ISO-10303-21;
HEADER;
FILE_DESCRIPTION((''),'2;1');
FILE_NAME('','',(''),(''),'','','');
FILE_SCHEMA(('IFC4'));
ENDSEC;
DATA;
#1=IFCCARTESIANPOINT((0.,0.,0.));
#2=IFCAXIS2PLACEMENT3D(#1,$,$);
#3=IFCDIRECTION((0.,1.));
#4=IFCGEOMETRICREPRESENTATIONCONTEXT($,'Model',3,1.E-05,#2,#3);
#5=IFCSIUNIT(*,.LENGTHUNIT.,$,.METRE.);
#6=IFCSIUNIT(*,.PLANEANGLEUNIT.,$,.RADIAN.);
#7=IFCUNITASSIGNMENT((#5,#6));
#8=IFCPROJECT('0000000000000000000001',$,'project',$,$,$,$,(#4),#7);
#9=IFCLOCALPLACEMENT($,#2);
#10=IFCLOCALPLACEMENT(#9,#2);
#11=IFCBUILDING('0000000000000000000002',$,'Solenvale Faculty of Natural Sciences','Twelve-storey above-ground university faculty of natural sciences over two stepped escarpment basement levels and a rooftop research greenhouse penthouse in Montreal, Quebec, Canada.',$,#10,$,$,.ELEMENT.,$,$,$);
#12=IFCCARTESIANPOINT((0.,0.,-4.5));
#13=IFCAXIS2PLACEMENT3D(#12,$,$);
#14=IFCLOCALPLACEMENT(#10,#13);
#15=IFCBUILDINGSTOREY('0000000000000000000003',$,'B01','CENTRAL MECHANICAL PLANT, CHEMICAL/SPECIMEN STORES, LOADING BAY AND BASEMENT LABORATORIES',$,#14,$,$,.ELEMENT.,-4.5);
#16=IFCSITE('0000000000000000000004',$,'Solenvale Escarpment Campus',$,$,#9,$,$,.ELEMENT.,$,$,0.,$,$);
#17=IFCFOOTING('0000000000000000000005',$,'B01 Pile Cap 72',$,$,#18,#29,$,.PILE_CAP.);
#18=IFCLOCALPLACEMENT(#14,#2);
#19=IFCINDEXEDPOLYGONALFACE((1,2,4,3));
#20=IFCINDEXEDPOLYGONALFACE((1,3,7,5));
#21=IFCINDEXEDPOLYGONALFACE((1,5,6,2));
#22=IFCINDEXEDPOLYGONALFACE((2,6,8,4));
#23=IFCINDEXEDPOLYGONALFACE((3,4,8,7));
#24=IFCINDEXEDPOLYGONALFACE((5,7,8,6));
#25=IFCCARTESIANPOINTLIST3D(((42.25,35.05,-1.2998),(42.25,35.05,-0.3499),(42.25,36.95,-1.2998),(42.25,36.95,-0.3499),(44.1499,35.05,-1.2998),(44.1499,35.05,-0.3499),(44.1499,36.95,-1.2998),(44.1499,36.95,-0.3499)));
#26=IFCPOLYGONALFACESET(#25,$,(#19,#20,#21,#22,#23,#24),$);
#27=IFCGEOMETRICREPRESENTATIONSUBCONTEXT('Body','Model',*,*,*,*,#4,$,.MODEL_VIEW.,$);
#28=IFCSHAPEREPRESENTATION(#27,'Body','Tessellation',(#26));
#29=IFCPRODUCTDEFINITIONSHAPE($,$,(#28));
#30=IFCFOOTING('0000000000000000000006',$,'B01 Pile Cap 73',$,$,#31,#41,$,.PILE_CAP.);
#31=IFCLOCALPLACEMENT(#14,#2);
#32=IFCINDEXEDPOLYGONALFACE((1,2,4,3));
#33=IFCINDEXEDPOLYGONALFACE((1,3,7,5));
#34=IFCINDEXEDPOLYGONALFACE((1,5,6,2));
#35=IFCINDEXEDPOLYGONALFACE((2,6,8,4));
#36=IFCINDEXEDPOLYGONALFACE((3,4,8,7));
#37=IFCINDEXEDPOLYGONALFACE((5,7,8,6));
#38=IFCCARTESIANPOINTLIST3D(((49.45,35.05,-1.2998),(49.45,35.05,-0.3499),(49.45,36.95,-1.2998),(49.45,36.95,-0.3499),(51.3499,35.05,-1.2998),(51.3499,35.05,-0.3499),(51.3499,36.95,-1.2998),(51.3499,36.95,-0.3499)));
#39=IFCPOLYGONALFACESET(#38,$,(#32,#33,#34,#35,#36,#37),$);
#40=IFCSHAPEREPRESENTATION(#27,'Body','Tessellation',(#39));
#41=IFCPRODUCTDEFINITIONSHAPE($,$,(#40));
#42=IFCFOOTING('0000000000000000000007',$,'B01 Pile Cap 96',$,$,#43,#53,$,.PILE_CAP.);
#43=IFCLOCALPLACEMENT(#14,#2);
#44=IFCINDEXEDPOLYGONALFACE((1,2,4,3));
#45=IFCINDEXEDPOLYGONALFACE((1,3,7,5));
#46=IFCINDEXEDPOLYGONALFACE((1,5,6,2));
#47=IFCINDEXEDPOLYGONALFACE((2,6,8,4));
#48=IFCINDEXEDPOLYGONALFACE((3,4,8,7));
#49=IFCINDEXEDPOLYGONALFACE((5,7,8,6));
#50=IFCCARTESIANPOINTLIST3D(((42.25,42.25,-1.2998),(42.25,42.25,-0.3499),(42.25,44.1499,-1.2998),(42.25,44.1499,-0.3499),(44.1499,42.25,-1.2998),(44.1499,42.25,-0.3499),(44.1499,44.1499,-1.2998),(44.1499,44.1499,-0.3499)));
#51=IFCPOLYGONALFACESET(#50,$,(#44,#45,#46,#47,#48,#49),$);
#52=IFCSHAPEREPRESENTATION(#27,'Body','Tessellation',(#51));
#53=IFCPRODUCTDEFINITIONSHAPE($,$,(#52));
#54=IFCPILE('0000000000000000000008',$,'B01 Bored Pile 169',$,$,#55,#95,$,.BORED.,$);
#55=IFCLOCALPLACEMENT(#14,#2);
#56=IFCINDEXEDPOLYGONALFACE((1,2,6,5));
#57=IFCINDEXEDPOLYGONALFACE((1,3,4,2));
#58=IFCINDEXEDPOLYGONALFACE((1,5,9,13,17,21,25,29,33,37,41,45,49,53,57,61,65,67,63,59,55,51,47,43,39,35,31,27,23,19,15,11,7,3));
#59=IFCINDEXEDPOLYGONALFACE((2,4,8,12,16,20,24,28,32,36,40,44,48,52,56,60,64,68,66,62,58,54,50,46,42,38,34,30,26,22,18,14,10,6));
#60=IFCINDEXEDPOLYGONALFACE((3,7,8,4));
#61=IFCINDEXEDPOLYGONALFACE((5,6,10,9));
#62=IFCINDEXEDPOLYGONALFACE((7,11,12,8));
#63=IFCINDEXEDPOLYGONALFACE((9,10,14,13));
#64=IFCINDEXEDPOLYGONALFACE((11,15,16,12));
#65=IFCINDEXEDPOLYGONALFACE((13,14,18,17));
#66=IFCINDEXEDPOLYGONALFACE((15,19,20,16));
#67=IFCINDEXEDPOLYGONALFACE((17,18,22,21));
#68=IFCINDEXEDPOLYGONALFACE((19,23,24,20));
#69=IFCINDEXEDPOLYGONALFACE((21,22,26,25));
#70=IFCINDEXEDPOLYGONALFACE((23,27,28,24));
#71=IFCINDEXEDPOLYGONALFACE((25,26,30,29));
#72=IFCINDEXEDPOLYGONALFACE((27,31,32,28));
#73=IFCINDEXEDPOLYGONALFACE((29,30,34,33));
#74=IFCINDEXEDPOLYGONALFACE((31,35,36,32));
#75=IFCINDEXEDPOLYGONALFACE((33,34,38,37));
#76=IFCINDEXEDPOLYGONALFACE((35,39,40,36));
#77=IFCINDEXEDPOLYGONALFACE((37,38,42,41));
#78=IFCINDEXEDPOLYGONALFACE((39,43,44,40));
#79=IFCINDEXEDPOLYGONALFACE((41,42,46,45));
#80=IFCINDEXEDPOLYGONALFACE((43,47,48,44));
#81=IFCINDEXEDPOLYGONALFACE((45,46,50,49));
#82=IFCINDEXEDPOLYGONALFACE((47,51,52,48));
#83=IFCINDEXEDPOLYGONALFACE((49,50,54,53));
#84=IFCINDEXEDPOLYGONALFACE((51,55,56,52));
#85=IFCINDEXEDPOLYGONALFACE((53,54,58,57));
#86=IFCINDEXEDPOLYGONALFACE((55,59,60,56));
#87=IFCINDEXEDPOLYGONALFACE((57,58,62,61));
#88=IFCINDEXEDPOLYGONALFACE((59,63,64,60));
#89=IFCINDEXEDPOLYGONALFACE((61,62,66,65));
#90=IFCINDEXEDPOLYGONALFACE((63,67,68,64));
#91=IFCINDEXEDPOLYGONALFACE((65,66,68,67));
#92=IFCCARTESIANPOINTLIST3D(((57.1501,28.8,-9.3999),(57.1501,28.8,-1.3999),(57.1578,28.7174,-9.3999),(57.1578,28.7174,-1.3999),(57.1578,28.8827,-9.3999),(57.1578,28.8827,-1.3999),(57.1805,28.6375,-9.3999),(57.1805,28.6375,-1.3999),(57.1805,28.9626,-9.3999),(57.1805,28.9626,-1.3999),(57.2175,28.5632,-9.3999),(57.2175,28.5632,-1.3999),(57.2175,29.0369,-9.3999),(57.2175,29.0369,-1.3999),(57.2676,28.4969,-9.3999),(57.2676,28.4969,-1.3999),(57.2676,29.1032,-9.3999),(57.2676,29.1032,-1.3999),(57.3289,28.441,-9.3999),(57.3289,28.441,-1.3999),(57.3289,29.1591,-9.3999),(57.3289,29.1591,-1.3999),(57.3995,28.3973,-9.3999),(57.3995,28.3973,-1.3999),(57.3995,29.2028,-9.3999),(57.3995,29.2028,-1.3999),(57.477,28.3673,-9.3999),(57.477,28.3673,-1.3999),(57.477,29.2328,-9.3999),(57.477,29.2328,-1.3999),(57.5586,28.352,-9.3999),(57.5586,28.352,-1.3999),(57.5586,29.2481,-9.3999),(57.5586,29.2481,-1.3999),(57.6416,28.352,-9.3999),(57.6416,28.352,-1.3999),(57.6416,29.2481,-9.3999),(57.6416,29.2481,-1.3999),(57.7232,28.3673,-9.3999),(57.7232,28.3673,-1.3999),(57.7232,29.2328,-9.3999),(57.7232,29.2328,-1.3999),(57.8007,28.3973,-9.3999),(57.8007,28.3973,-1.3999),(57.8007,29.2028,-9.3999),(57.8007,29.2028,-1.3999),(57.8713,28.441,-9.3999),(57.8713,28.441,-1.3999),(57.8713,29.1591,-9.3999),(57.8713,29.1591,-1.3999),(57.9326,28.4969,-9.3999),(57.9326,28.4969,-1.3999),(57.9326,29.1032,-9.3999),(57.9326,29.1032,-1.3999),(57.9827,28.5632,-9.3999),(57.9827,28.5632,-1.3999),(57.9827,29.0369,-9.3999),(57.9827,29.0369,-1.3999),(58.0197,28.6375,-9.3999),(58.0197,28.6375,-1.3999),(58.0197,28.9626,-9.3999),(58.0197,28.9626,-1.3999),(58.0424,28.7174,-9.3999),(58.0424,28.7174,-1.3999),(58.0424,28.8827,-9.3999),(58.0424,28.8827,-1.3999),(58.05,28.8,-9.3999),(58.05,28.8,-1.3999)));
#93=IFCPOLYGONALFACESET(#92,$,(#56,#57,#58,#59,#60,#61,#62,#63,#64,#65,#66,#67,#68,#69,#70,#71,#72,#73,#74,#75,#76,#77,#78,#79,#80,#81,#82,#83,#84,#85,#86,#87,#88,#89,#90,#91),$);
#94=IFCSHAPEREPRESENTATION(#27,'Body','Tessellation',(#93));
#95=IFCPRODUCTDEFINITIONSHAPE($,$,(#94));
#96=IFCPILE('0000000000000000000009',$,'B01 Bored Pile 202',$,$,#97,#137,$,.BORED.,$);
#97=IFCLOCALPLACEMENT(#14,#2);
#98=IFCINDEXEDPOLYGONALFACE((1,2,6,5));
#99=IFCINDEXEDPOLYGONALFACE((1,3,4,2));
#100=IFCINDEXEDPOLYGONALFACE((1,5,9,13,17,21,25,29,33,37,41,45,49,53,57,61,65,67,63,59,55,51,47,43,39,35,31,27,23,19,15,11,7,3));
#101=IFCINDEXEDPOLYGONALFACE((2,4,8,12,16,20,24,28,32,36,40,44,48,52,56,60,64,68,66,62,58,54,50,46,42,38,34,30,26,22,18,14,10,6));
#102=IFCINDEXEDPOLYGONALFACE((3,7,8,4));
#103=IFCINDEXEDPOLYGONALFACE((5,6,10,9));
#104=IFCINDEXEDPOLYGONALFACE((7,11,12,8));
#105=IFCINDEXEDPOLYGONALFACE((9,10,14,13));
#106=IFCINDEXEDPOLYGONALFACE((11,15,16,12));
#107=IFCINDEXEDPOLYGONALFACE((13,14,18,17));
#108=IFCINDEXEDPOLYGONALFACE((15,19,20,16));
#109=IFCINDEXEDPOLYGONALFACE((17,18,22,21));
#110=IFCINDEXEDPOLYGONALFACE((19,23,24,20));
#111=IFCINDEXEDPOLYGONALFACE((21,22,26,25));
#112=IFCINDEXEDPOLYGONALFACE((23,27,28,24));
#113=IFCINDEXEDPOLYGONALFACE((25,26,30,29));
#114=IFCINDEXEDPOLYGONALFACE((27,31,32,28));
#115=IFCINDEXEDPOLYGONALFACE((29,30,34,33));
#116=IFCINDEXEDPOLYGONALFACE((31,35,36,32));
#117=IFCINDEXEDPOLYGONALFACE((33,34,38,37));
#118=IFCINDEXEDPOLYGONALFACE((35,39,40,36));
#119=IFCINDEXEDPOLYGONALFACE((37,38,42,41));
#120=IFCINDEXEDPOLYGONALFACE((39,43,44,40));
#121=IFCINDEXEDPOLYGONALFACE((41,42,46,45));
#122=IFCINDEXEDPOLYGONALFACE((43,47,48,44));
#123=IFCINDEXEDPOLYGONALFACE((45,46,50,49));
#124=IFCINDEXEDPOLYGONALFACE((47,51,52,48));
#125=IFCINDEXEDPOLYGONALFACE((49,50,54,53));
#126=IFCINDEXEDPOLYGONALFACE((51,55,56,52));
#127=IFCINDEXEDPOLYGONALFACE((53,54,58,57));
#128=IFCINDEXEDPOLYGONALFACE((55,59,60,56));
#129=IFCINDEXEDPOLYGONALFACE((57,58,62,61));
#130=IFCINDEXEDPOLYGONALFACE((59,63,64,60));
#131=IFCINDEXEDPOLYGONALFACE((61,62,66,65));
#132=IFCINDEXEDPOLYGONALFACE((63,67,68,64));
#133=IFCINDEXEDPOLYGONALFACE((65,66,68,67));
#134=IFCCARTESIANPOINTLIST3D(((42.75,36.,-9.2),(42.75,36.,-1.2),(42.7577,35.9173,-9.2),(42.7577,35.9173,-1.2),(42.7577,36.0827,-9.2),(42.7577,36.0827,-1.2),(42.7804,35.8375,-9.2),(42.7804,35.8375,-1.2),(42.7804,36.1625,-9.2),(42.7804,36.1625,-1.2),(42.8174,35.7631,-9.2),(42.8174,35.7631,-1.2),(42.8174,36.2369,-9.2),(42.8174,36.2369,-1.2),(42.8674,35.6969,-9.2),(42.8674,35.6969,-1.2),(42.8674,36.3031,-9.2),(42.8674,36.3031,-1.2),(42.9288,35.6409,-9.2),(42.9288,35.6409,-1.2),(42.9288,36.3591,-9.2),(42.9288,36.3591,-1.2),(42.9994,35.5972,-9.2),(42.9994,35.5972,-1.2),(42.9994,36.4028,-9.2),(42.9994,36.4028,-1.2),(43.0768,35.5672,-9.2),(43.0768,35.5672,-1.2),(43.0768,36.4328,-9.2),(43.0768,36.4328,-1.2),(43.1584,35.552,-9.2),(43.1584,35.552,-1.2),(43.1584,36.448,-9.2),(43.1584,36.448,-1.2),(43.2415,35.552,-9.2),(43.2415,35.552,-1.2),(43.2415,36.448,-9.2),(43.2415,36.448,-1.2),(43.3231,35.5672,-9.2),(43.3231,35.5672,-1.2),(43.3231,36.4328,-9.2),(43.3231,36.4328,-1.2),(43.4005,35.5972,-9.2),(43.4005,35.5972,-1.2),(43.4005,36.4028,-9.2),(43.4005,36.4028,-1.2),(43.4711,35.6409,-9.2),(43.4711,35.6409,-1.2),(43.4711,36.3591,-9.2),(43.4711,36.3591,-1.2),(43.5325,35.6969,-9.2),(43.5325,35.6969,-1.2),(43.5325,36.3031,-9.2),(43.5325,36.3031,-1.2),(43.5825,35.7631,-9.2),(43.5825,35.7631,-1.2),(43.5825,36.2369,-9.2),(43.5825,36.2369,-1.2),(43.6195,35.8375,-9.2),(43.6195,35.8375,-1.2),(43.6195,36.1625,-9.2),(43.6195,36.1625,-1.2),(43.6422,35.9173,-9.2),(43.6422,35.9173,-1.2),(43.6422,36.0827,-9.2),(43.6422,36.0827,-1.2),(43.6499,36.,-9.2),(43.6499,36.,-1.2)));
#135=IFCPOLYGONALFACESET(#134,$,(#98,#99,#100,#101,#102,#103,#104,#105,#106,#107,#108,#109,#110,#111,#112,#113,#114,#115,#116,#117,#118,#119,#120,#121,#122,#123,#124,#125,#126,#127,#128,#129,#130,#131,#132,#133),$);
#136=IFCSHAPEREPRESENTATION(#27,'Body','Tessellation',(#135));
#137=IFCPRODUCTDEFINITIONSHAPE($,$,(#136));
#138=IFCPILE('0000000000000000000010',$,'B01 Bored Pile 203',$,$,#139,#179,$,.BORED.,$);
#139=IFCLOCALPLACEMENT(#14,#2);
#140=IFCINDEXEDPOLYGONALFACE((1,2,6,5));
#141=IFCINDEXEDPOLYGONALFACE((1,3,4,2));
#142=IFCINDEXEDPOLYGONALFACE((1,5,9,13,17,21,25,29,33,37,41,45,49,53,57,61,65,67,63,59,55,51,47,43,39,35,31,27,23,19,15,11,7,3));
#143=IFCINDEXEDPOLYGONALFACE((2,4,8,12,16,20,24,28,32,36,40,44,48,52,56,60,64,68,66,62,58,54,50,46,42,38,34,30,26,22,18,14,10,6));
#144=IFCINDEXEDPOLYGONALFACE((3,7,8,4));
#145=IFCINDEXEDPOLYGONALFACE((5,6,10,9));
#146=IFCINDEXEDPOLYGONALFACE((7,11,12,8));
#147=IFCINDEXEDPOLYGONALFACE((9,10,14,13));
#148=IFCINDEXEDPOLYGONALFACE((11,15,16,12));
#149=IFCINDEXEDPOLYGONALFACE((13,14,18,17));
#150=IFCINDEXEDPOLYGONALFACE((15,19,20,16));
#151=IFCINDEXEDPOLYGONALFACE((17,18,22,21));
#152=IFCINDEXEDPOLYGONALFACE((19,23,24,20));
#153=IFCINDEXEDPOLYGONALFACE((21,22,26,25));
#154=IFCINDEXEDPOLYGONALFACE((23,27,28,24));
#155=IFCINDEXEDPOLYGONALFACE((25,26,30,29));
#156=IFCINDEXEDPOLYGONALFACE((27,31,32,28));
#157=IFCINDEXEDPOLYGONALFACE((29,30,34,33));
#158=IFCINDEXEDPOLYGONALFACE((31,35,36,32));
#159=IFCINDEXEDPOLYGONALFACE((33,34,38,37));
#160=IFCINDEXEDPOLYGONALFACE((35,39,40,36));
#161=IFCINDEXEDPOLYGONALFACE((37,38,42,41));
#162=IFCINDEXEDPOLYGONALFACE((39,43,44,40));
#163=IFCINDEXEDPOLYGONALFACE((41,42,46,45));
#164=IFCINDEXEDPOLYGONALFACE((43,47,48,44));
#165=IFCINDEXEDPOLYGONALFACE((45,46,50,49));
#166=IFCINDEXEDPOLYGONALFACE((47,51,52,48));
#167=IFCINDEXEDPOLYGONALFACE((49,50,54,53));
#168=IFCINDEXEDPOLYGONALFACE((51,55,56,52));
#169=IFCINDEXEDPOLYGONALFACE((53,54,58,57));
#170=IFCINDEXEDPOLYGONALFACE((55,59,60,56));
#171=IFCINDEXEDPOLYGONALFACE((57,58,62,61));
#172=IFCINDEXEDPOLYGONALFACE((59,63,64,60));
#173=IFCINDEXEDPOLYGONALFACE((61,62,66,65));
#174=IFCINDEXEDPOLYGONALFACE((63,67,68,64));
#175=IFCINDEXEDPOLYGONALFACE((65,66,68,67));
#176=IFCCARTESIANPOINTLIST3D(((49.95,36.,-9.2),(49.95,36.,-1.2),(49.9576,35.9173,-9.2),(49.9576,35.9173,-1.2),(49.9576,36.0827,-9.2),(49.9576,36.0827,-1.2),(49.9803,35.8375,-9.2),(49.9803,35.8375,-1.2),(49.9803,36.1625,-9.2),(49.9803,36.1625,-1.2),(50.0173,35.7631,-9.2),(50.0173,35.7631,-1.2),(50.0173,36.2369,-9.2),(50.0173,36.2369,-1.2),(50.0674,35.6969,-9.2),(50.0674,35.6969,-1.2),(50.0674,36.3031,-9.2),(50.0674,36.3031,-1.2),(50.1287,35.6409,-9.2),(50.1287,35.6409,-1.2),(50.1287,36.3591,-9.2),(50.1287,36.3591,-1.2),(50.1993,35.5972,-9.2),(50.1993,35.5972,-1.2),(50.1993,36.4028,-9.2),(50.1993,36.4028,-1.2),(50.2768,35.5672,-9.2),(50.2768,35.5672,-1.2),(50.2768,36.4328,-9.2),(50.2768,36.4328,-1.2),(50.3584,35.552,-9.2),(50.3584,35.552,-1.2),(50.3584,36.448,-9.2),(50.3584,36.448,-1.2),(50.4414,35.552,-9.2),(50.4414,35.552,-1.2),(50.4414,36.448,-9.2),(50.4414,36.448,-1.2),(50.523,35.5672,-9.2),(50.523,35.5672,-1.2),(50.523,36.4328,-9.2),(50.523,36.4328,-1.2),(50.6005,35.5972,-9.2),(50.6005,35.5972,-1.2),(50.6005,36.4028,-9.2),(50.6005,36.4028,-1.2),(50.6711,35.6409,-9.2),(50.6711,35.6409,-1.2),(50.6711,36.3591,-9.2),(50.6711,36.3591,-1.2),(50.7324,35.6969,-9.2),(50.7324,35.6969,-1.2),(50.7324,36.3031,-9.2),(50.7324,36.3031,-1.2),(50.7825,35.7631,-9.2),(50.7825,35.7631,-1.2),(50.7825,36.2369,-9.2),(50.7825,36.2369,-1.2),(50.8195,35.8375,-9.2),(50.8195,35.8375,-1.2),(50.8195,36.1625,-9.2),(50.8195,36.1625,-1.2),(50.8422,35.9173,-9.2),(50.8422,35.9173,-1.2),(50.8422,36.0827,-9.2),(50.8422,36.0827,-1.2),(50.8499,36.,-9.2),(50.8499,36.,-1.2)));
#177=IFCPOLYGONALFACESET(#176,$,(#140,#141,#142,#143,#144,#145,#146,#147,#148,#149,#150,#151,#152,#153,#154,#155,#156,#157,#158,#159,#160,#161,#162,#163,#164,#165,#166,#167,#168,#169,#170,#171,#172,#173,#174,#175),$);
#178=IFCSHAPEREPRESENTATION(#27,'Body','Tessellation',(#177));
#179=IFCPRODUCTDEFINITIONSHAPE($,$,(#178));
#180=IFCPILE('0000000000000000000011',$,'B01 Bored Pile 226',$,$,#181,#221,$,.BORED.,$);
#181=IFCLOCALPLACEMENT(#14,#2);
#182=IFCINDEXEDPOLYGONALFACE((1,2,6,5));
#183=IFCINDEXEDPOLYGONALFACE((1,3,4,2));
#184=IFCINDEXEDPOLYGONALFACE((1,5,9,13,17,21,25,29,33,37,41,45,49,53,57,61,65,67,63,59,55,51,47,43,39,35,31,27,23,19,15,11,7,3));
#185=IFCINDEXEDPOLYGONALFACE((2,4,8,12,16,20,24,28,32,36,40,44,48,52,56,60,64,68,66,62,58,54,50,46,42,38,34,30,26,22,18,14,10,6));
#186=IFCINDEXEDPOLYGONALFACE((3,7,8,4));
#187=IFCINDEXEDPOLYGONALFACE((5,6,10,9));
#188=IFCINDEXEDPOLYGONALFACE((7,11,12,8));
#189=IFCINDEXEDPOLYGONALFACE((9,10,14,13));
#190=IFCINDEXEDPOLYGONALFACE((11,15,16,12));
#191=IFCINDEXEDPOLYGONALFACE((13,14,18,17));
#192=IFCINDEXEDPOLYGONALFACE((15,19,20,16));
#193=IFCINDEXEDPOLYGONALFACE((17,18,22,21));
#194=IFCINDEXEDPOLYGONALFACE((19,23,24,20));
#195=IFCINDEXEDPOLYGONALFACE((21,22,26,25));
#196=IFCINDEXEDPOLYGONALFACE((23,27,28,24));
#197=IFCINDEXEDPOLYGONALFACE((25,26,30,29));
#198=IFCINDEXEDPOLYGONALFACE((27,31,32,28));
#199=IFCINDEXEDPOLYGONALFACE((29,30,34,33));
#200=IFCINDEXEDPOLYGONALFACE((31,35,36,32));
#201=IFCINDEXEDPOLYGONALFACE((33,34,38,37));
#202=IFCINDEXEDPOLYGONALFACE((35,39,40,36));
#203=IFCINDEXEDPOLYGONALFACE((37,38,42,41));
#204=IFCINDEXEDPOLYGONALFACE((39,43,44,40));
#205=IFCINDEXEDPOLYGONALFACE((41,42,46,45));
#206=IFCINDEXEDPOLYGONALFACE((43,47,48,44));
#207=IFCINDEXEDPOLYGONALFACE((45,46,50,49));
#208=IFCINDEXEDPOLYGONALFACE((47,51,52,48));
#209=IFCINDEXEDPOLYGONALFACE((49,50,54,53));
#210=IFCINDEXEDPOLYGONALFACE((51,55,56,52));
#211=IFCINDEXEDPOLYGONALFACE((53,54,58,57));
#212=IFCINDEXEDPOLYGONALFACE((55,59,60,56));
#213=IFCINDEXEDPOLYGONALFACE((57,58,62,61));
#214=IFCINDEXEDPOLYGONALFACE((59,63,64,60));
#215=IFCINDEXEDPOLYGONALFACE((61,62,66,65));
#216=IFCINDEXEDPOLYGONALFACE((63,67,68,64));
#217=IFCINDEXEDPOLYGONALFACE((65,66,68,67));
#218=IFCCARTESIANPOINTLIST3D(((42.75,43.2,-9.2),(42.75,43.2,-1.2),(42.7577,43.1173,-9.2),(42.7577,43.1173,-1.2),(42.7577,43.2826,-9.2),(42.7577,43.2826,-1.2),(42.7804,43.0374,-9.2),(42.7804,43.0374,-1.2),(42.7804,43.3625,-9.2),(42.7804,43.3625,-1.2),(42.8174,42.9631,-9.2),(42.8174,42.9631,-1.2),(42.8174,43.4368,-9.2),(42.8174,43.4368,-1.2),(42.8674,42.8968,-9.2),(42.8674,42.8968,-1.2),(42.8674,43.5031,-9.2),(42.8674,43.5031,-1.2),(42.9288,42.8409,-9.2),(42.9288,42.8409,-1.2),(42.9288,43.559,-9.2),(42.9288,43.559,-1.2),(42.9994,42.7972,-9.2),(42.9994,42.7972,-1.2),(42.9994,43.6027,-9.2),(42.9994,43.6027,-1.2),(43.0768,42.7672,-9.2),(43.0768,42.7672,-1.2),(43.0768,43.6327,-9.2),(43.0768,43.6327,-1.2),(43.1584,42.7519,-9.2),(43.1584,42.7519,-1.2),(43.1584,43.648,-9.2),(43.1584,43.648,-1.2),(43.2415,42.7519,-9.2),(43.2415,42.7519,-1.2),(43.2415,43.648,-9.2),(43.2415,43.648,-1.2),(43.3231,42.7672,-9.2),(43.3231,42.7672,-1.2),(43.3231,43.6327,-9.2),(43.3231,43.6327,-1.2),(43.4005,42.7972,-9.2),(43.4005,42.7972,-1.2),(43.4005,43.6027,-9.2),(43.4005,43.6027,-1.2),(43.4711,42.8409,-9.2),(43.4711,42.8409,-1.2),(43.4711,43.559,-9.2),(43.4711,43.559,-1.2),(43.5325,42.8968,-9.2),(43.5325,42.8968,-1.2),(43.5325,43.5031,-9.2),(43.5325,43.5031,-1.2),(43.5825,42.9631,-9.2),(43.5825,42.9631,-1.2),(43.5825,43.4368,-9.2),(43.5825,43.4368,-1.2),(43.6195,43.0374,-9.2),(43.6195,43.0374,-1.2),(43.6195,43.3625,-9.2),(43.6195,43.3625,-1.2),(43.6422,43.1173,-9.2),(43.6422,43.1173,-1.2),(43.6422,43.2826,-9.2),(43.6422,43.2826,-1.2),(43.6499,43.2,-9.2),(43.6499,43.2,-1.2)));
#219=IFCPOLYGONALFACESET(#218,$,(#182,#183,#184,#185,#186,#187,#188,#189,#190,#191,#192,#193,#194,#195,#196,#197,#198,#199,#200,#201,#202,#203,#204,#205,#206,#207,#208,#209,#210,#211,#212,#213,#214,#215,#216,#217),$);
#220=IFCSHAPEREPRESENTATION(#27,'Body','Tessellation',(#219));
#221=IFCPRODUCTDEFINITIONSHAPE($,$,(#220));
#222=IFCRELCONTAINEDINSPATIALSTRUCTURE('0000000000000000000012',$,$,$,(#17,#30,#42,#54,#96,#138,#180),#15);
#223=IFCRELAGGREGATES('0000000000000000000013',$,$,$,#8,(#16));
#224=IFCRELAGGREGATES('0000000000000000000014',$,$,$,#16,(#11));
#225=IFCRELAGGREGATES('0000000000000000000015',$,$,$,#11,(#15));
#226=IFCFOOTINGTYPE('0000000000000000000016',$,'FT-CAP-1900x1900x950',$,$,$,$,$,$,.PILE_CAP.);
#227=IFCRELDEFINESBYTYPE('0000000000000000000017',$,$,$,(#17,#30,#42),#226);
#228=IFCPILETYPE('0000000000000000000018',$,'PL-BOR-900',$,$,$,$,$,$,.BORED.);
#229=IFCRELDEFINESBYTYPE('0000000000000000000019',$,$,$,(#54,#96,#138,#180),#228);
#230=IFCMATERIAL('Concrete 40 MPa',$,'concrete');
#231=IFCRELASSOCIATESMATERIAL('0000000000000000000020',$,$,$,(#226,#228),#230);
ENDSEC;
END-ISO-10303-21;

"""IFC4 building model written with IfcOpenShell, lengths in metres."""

from ifc_helpers import new_model, si_unit, direction, frame, origin, origin_2d, place, context, subcontext, project, spatial, rectangle, circle, extrude, material, material_profile, profile_set, type_object, element, save


model = new_model("IFC4")

# Units and contexts
model_context = context("Model", 3, precision=1e-05, world=origin(), true_north=direction((0.0, 1.0)))
body_context = subcontext(model_context, "Body", "Model", "MODEL_VIEW")
ifc_project = project(units=[si_unit("LENGTHUNIT", "METRE"), si_unit("PLANEANGLEUNIT", "RADIAN")], contexts=[model_context])

# Site, building, storey
site_placement = place(None, origin())
site = spatial("IfcSite", under=ifc_project, at=site_placement, Name="Solenvale Escarpment Campus", CompositionType="ELEMENT", RefElevation=0.0)
building_placement = place(site_placement, origin())
building = spatial("IfcBuilding", under=site, at=building_placement, Name="Solenvale Faculty of Natural Sciences", Description="Twelve-storey above-ground university faculty of natural sciences over two stepped escarpment basement levels and a rooftop research greenhouse penthouse in Montreal, Quebec, Canada.", CompositionType="ELEMENT")
storey_placement = place(building_placement, frame((0.0, 0.0, -4.5)))
storey = spatial("IfcBuildingStorey", under=building, at=storey_placement, Name="B01", Description="CENTRAL MECHANICAL PLANT, CHEMICAL/SPECIMEN STORES, LOADING BAY AND BASEMENT LABORATORIES", CompositionType="ELEMENT", Elevation=-4.5)

# Footings
ifc_material_1 = material(Name="Concrete 40 MPa", Category="concrete")
footing_type = type_object("IfcFootingType", Name="FT-CAP-1900x1900x950", PredefinedType="PILE_CAP", material=ifc_material_1)
for number, where, z_axis, x_axis, name in (
    (1, (43.2, 36.0, -1.2998), (0.0, 0.0, 1.0), (1.0, 0.0, 0.0), "B01 Pile Cap 72"),
    (2, (50.3999, 36.0, -1.2998), (0.0, 0.0, 1.0), (1.0, 0.0, 0.0), "B01 Pile Cap 73"),
    (3, (43.2, 43.2, -1.2998), (0.0, 0.0, 1.0), (1.0, 0.0, 0.0), "B01 Pile Cap 96"),
):
    element("IfcFooting", number, at=place(storey_placement, frame(where, z_axis=z_axis, x_axis=x_axis)), inside=storey, type_object=footing_type, Name=name, PredefinedType="PILE_CAP", context=body_context, shape_type="SweptSolid", body=[
        extrude(rectangle(XDim=1.8999, YDim=1.8999, at=origin_2d()), origin(), (0.0, 0.0, 1.0), 0.95),
    ])

# Piles
ifc_material_profile_1 = material_profile(ifc_material_1, circle(Radius=0.45, at=origin_2d()), Name="PILE-D900")
ifc_profile_set_1 = profile_set([ifc_material_profile_1], Name="Concrete 40 MPa")
pile_type = type_object("IfcPileType", Name="PL-BOR-900", PredefinedType="BORED", material=ifc_profile_set_1)
for number, where, z_axis, x_axis, name in (
    (4, (57.6001, 28.8, -1.3999), (0.0, 0.0, -1.0), (1.0, 0.0, 0.0), "B01 Bored Pile 169"),
    (5, (43.2, 36.0, -1.2), (0.0, 0.0, -1.0), (1.0, 0.0, 0.0), "B01 Bored Pile 202"),
    (6, (50.3999, 36.0, -1.2), (0.0, 0.0, -1.0), (1.0, 0.0, 0.0), "B01 Bored Pile 203"),
    (7, (43.2, 43.2, -1.2), (0.0, 0.0, -1.0), (1.0, 0.0, 0.0), "B01 Bored Pile 226"),
):
    element("IfcPile", number, at=place(storey_placement, frame(where, z_axis=z_axis, x_axis=x_axis)), inside=storey, type_object=pile_type, Name=name, PredefinedType="BORED", context=body_context, shape_type="SweptSolid", body=[
        extrude(circle(Radius=0.45, at=origin_2d()), origin(), (0.0, 0.0, 1.0), 8.0),
    ])

save(model, "model.ifc")
